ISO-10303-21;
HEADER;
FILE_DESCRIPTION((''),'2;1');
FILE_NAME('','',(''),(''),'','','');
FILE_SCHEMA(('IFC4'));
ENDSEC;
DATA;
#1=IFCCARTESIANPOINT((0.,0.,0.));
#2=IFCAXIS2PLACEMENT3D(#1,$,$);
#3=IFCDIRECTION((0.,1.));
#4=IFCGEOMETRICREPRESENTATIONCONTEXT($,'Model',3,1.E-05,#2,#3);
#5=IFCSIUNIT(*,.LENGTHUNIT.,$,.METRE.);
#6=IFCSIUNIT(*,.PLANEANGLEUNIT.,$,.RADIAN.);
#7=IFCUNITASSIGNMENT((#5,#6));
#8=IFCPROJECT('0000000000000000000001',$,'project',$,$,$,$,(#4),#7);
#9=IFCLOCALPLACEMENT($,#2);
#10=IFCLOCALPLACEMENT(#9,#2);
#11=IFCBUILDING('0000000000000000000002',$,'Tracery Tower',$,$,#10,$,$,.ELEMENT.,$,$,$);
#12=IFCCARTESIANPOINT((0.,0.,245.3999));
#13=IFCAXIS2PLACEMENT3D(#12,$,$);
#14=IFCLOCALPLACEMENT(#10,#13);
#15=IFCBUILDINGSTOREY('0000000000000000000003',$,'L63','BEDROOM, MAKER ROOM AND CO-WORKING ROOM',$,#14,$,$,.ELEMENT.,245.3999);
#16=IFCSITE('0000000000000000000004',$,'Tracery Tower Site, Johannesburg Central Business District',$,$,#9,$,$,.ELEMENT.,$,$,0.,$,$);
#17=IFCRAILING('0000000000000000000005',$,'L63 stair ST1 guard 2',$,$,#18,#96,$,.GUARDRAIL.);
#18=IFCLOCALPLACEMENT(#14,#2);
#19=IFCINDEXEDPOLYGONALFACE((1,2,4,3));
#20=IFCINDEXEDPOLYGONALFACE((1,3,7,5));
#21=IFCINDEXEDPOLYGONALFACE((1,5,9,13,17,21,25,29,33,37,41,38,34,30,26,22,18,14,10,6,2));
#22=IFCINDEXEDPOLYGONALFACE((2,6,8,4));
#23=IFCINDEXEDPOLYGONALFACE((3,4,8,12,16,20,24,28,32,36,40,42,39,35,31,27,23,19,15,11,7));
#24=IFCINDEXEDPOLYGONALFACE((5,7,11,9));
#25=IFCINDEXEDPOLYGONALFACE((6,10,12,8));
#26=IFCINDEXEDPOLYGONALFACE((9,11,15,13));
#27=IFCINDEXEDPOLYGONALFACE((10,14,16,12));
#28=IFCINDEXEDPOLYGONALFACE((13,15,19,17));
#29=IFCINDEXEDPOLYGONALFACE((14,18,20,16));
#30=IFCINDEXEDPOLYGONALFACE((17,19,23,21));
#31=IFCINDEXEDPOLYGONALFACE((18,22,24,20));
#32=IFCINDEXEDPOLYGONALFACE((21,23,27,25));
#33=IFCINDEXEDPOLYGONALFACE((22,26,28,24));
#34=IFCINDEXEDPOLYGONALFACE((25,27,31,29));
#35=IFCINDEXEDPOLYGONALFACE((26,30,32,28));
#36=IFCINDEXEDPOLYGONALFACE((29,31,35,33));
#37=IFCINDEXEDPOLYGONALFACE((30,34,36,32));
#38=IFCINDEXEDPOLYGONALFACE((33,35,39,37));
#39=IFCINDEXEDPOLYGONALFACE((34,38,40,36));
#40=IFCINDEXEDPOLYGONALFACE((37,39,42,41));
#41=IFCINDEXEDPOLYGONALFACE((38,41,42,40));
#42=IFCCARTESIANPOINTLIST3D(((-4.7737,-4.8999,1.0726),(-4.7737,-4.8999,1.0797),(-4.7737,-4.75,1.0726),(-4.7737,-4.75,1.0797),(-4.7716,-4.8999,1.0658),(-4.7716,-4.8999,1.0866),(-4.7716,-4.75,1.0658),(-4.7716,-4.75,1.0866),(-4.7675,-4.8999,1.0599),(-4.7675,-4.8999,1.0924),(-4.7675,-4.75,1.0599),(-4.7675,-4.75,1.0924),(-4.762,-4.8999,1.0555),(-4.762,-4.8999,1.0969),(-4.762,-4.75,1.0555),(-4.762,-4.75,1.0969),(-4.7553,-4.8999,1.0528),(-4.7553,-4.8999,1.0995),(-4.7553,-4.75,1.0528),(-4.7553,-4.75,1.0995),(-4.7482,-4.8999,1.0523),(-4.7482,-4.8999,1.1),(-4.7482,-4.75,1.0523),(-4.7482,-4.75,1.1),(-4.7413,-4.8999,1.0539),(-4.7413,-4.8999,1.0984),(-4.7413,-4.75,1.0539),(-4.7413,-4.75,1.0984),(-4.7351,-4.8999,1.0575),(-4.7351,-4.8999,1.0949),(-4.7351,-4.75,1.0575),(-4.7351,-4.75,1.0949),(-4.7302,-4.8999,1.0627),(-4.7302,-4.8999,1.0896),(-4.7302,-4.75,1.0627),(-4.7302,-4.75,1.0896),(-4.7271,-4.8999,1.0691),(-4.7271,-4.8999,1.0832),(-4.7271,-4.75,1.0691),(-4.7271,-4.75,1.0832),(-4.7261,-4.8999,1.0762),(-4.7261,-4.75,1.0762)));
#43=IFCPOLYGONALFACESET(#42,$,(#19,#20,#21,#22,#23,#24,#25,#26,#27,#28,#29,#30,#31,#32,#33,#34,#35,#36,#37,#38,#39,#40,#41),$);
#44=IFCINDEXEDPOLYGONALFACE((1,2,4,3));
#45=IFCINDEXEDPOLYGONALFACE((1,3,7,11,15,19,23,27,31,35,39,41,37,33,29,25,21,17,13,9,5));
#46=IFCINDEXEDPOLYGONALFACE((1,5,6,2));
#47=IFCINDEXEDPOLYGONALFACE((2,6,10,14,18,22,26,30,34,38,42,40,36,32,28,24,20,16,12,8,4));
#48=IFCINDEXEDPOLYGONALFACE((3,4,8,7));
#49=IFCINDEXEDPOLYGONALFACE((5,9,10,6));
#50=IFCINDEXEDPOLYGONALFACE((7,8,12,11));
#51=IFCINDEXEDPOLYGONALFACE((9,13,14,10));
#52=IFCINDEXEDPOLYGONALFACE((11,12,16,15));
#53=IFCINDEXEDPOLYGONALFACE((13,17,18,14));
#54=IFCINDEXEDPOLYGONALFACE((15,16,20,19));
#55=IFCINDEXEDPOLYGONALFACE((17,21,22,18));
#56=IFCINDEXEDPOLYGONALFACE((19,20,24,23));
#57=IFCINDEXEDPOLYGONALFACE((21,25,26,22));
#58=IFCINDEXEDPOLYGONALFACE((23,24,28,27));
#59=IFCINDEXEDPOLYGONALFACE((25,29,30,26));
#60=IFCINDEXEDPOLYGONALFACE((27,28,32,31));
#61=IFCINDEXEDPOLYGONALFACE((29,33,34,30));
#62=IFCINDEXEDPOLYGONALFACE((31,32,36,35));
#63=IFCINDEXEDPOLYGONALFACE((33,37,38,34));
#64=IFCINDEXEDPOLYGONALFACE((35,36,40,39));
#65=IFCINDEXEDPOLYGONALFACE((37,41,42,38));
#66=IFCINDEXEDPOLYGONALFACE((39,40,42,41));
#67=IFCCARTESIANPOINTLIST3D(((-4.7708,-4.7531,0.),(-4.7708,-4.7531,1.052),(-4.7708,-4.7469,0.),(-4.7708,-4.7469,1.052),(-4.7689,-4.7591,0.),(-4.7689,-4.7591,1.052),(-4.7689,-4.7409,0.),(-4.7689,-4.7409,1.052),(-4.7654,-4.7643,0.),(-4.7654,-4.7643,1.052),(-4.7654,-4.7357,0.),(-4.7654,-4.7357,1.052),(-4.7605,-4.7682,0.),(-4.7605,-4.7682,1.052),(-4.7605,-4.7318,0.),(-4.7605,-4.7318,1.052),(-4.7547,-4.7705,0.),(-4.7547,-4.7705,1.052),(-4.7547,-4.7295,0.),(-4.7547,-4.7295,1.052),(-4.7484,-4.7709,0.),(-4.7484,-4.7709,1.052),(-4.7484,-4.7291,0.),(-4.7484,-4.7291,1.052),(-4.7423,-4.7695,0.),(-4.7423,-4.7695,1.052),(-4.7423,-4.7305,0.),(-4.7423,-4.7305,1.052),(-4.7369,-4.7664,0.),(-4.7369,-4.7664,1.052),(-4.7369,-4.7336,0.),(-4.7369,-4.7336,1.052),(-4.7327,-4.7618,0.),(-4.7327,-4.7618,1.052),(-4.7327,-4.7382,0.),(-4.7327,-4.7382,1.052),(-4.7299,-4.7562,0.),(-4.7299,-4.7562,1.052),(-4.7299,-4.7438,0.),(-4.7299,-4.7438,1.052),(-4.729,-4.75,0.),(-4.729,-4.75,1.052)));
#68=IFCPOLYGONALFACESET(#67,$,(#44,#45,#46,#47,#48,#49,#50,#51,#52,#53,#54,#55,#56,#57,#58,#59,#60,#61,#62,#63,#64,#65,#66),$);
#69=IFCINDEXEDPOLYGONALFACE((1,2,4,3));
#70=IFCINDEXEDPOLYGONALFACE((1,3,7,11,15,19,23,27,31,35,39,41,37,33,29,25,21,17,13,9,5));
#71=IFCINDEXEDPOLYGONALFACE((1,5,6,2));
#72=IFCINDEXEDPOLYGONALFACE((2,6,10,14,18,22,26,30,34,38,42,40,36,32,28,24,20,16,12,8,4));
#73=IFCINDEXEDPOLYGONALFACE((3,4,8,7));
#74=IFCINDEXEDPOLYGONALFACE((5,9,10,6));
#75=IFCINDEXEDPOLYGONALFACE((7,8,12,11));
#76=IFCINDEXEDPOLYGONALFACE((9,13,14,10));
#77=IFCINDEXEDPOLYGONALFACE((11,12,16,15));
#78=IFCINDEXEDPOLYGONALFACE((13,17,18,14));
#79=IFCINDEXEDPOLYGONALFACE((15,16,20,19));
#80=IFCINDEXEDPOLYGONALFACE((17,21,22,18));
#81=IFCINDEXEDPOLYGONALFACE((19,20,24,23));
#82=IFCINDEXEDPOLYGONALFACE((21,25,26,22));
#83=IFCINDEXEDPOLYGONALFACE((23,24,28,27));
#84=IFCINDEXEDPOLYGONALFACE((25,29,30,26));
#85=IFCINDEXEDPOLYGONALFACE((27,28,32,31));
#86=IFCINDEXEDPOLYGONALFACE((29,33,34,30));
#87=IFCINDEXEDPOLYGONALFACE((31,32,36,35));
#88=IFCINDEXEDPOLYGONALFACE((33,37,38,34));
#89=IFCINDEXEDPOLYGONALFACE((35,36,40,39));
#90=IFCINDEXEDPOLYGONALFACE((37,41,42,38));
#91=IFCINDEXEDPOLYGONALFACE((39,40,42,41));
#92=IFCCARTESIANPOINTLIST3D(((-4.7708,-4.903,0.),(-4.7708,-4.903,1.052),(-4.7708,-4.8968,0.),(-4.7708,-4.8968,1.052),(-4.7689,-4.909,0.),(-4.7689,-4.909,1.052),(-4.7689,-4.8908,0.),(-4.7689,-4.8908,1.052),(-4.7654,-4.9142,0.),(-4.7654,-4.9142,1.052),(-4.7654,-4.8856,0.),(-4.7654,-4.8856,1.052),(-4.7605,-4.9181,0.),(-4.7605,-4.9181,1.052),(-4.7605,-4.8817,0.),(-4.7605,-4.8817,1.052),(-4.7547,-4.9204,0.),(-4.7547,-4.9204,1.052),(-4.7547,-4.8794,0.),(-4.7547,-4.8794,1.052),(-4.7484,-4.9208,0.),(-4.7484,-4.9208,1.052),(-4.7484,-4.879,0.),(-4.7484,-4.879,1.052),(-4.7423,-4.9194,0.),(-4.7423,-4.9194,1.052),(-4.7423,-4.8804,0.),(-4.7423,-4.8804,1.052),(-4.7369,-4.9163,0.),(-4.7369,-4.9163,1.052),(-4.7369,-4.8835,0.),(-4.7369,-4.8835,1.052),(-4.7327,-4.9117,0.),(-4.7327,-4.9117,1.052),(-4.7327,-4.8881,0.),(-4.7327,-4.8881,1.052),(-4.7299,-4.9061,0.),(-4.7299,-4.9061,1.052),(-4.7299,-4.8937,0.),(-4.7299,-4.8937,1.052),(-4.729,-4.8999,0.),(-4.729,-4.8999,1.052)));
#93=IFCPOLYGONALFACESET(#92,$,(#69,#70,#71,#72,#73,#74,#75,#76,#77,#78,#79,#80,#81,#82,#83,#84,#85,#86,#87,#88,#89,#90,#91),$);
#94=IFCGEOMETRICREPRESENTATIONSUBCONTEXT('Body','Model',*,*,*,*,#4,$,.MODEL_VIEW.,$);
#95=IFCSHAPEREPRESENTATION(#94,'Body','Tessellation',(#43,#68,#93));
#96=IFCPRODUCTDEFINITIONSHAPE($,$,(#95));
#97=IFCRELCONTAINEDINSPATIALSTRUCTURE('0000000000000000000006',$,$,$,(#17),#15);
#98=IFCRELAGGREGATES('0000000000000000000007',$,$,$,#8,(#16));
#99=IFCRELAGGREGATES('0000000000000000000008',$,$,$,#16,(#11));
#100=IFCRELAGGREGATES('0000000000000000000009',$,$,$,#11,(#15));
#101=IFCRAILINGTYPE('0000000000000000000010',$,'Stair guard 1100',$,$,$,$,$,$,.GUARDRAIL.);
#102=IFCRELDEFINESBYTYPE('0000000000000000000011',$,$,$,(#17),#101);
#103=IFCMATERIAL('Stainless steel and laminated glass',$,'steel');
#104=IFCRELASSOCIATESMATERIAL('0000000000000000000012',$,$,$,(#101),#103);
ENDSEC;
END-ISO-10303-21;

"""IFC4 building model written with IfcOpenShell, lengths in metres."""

from ifc_helpers import new_model, si_unit, direction, frame, origin, origin_2d, place, context, subcontext, project, spatial, circle, extrude, material, type_object, element, save


model = new_model("IFC4")

# Units and contexts
model_context = context("Model", 3, precision=1e-05, world=origin(), true_north=direction((0.0, 1.0)))
body_context = subcontext(model_context, "Body", "Model", "MODEL_VIEW")
ifc_project = project(units=[si_unit("LENGTHUNIT", "METRE"), si_unit("PLANEANGLEUNIT", "RADIAN")], contexts=[model_context])

# Site, building, storey
site_placement = place(None, origin())
site = spatial("IfcSite", under=ifc_project, at=site_placement, Name="Tracery Tower Site, Johannesburg Central Business District", CompositionType="ELEMENT", RefElevation=0.0)
building_placement = place(site_placement, origin())
building = spatial("IfcBuilding", under=site, at=building_placement, Name="Tracery Tower", CompositionType="ELEMENT")
storey_placement = place(building_placement, frame((0.0, 0.0, 245.3999)))
storey = spatial("IfcBuildingStorey", under=building, at=storey_placement, Name="L63", Description="BEDROOM, MAKER ROOM AND CO-WORKING ROOM", CompositionType="ELEMENT", Elevation=245.3999)

# Railing
ifc_material_1 = material(Name="Stainless steel and laminated glass", Category="steel")
railing_type_1 = type_object("IfcRailingType", Name="Stair guard 1100", PredefinedType="GUARDRAIL", material=ifc_material_1)
railing_1_placement = place(storey_placement, frame((-4.75, -4.75, 0.0)))
element("IfcRailing", 1, at=railing_1_placement, inside=storey, type_object=railing_type_1, Name="L63 stair ST1 guard 2", PredefinedType="GUARDRAIL", context=body_context, shape_type="SweptSolid", body=[
    extrude(circle(Radius=0.0239, at=origin_2d()), frame((0.0, 0.0, 1.0762), z_axis=(0.0, -1.0, 0.0), x_axis=(1.0, 0.0, 0.0)), (0.0, 0.0, 1.0), 0.1499),
    extrude(circle(Radius=0.021, at=origin_2d()), origin(), (0.0, 0.0, 1.0), 1.052),
    extrude(circle(Radius=0.021, at=origin_2d()), frame((0.0, -0.1499, 0.0)), (0.0, 0.0, 1.0), 1.052),
])

save(model, "model.ifc")
